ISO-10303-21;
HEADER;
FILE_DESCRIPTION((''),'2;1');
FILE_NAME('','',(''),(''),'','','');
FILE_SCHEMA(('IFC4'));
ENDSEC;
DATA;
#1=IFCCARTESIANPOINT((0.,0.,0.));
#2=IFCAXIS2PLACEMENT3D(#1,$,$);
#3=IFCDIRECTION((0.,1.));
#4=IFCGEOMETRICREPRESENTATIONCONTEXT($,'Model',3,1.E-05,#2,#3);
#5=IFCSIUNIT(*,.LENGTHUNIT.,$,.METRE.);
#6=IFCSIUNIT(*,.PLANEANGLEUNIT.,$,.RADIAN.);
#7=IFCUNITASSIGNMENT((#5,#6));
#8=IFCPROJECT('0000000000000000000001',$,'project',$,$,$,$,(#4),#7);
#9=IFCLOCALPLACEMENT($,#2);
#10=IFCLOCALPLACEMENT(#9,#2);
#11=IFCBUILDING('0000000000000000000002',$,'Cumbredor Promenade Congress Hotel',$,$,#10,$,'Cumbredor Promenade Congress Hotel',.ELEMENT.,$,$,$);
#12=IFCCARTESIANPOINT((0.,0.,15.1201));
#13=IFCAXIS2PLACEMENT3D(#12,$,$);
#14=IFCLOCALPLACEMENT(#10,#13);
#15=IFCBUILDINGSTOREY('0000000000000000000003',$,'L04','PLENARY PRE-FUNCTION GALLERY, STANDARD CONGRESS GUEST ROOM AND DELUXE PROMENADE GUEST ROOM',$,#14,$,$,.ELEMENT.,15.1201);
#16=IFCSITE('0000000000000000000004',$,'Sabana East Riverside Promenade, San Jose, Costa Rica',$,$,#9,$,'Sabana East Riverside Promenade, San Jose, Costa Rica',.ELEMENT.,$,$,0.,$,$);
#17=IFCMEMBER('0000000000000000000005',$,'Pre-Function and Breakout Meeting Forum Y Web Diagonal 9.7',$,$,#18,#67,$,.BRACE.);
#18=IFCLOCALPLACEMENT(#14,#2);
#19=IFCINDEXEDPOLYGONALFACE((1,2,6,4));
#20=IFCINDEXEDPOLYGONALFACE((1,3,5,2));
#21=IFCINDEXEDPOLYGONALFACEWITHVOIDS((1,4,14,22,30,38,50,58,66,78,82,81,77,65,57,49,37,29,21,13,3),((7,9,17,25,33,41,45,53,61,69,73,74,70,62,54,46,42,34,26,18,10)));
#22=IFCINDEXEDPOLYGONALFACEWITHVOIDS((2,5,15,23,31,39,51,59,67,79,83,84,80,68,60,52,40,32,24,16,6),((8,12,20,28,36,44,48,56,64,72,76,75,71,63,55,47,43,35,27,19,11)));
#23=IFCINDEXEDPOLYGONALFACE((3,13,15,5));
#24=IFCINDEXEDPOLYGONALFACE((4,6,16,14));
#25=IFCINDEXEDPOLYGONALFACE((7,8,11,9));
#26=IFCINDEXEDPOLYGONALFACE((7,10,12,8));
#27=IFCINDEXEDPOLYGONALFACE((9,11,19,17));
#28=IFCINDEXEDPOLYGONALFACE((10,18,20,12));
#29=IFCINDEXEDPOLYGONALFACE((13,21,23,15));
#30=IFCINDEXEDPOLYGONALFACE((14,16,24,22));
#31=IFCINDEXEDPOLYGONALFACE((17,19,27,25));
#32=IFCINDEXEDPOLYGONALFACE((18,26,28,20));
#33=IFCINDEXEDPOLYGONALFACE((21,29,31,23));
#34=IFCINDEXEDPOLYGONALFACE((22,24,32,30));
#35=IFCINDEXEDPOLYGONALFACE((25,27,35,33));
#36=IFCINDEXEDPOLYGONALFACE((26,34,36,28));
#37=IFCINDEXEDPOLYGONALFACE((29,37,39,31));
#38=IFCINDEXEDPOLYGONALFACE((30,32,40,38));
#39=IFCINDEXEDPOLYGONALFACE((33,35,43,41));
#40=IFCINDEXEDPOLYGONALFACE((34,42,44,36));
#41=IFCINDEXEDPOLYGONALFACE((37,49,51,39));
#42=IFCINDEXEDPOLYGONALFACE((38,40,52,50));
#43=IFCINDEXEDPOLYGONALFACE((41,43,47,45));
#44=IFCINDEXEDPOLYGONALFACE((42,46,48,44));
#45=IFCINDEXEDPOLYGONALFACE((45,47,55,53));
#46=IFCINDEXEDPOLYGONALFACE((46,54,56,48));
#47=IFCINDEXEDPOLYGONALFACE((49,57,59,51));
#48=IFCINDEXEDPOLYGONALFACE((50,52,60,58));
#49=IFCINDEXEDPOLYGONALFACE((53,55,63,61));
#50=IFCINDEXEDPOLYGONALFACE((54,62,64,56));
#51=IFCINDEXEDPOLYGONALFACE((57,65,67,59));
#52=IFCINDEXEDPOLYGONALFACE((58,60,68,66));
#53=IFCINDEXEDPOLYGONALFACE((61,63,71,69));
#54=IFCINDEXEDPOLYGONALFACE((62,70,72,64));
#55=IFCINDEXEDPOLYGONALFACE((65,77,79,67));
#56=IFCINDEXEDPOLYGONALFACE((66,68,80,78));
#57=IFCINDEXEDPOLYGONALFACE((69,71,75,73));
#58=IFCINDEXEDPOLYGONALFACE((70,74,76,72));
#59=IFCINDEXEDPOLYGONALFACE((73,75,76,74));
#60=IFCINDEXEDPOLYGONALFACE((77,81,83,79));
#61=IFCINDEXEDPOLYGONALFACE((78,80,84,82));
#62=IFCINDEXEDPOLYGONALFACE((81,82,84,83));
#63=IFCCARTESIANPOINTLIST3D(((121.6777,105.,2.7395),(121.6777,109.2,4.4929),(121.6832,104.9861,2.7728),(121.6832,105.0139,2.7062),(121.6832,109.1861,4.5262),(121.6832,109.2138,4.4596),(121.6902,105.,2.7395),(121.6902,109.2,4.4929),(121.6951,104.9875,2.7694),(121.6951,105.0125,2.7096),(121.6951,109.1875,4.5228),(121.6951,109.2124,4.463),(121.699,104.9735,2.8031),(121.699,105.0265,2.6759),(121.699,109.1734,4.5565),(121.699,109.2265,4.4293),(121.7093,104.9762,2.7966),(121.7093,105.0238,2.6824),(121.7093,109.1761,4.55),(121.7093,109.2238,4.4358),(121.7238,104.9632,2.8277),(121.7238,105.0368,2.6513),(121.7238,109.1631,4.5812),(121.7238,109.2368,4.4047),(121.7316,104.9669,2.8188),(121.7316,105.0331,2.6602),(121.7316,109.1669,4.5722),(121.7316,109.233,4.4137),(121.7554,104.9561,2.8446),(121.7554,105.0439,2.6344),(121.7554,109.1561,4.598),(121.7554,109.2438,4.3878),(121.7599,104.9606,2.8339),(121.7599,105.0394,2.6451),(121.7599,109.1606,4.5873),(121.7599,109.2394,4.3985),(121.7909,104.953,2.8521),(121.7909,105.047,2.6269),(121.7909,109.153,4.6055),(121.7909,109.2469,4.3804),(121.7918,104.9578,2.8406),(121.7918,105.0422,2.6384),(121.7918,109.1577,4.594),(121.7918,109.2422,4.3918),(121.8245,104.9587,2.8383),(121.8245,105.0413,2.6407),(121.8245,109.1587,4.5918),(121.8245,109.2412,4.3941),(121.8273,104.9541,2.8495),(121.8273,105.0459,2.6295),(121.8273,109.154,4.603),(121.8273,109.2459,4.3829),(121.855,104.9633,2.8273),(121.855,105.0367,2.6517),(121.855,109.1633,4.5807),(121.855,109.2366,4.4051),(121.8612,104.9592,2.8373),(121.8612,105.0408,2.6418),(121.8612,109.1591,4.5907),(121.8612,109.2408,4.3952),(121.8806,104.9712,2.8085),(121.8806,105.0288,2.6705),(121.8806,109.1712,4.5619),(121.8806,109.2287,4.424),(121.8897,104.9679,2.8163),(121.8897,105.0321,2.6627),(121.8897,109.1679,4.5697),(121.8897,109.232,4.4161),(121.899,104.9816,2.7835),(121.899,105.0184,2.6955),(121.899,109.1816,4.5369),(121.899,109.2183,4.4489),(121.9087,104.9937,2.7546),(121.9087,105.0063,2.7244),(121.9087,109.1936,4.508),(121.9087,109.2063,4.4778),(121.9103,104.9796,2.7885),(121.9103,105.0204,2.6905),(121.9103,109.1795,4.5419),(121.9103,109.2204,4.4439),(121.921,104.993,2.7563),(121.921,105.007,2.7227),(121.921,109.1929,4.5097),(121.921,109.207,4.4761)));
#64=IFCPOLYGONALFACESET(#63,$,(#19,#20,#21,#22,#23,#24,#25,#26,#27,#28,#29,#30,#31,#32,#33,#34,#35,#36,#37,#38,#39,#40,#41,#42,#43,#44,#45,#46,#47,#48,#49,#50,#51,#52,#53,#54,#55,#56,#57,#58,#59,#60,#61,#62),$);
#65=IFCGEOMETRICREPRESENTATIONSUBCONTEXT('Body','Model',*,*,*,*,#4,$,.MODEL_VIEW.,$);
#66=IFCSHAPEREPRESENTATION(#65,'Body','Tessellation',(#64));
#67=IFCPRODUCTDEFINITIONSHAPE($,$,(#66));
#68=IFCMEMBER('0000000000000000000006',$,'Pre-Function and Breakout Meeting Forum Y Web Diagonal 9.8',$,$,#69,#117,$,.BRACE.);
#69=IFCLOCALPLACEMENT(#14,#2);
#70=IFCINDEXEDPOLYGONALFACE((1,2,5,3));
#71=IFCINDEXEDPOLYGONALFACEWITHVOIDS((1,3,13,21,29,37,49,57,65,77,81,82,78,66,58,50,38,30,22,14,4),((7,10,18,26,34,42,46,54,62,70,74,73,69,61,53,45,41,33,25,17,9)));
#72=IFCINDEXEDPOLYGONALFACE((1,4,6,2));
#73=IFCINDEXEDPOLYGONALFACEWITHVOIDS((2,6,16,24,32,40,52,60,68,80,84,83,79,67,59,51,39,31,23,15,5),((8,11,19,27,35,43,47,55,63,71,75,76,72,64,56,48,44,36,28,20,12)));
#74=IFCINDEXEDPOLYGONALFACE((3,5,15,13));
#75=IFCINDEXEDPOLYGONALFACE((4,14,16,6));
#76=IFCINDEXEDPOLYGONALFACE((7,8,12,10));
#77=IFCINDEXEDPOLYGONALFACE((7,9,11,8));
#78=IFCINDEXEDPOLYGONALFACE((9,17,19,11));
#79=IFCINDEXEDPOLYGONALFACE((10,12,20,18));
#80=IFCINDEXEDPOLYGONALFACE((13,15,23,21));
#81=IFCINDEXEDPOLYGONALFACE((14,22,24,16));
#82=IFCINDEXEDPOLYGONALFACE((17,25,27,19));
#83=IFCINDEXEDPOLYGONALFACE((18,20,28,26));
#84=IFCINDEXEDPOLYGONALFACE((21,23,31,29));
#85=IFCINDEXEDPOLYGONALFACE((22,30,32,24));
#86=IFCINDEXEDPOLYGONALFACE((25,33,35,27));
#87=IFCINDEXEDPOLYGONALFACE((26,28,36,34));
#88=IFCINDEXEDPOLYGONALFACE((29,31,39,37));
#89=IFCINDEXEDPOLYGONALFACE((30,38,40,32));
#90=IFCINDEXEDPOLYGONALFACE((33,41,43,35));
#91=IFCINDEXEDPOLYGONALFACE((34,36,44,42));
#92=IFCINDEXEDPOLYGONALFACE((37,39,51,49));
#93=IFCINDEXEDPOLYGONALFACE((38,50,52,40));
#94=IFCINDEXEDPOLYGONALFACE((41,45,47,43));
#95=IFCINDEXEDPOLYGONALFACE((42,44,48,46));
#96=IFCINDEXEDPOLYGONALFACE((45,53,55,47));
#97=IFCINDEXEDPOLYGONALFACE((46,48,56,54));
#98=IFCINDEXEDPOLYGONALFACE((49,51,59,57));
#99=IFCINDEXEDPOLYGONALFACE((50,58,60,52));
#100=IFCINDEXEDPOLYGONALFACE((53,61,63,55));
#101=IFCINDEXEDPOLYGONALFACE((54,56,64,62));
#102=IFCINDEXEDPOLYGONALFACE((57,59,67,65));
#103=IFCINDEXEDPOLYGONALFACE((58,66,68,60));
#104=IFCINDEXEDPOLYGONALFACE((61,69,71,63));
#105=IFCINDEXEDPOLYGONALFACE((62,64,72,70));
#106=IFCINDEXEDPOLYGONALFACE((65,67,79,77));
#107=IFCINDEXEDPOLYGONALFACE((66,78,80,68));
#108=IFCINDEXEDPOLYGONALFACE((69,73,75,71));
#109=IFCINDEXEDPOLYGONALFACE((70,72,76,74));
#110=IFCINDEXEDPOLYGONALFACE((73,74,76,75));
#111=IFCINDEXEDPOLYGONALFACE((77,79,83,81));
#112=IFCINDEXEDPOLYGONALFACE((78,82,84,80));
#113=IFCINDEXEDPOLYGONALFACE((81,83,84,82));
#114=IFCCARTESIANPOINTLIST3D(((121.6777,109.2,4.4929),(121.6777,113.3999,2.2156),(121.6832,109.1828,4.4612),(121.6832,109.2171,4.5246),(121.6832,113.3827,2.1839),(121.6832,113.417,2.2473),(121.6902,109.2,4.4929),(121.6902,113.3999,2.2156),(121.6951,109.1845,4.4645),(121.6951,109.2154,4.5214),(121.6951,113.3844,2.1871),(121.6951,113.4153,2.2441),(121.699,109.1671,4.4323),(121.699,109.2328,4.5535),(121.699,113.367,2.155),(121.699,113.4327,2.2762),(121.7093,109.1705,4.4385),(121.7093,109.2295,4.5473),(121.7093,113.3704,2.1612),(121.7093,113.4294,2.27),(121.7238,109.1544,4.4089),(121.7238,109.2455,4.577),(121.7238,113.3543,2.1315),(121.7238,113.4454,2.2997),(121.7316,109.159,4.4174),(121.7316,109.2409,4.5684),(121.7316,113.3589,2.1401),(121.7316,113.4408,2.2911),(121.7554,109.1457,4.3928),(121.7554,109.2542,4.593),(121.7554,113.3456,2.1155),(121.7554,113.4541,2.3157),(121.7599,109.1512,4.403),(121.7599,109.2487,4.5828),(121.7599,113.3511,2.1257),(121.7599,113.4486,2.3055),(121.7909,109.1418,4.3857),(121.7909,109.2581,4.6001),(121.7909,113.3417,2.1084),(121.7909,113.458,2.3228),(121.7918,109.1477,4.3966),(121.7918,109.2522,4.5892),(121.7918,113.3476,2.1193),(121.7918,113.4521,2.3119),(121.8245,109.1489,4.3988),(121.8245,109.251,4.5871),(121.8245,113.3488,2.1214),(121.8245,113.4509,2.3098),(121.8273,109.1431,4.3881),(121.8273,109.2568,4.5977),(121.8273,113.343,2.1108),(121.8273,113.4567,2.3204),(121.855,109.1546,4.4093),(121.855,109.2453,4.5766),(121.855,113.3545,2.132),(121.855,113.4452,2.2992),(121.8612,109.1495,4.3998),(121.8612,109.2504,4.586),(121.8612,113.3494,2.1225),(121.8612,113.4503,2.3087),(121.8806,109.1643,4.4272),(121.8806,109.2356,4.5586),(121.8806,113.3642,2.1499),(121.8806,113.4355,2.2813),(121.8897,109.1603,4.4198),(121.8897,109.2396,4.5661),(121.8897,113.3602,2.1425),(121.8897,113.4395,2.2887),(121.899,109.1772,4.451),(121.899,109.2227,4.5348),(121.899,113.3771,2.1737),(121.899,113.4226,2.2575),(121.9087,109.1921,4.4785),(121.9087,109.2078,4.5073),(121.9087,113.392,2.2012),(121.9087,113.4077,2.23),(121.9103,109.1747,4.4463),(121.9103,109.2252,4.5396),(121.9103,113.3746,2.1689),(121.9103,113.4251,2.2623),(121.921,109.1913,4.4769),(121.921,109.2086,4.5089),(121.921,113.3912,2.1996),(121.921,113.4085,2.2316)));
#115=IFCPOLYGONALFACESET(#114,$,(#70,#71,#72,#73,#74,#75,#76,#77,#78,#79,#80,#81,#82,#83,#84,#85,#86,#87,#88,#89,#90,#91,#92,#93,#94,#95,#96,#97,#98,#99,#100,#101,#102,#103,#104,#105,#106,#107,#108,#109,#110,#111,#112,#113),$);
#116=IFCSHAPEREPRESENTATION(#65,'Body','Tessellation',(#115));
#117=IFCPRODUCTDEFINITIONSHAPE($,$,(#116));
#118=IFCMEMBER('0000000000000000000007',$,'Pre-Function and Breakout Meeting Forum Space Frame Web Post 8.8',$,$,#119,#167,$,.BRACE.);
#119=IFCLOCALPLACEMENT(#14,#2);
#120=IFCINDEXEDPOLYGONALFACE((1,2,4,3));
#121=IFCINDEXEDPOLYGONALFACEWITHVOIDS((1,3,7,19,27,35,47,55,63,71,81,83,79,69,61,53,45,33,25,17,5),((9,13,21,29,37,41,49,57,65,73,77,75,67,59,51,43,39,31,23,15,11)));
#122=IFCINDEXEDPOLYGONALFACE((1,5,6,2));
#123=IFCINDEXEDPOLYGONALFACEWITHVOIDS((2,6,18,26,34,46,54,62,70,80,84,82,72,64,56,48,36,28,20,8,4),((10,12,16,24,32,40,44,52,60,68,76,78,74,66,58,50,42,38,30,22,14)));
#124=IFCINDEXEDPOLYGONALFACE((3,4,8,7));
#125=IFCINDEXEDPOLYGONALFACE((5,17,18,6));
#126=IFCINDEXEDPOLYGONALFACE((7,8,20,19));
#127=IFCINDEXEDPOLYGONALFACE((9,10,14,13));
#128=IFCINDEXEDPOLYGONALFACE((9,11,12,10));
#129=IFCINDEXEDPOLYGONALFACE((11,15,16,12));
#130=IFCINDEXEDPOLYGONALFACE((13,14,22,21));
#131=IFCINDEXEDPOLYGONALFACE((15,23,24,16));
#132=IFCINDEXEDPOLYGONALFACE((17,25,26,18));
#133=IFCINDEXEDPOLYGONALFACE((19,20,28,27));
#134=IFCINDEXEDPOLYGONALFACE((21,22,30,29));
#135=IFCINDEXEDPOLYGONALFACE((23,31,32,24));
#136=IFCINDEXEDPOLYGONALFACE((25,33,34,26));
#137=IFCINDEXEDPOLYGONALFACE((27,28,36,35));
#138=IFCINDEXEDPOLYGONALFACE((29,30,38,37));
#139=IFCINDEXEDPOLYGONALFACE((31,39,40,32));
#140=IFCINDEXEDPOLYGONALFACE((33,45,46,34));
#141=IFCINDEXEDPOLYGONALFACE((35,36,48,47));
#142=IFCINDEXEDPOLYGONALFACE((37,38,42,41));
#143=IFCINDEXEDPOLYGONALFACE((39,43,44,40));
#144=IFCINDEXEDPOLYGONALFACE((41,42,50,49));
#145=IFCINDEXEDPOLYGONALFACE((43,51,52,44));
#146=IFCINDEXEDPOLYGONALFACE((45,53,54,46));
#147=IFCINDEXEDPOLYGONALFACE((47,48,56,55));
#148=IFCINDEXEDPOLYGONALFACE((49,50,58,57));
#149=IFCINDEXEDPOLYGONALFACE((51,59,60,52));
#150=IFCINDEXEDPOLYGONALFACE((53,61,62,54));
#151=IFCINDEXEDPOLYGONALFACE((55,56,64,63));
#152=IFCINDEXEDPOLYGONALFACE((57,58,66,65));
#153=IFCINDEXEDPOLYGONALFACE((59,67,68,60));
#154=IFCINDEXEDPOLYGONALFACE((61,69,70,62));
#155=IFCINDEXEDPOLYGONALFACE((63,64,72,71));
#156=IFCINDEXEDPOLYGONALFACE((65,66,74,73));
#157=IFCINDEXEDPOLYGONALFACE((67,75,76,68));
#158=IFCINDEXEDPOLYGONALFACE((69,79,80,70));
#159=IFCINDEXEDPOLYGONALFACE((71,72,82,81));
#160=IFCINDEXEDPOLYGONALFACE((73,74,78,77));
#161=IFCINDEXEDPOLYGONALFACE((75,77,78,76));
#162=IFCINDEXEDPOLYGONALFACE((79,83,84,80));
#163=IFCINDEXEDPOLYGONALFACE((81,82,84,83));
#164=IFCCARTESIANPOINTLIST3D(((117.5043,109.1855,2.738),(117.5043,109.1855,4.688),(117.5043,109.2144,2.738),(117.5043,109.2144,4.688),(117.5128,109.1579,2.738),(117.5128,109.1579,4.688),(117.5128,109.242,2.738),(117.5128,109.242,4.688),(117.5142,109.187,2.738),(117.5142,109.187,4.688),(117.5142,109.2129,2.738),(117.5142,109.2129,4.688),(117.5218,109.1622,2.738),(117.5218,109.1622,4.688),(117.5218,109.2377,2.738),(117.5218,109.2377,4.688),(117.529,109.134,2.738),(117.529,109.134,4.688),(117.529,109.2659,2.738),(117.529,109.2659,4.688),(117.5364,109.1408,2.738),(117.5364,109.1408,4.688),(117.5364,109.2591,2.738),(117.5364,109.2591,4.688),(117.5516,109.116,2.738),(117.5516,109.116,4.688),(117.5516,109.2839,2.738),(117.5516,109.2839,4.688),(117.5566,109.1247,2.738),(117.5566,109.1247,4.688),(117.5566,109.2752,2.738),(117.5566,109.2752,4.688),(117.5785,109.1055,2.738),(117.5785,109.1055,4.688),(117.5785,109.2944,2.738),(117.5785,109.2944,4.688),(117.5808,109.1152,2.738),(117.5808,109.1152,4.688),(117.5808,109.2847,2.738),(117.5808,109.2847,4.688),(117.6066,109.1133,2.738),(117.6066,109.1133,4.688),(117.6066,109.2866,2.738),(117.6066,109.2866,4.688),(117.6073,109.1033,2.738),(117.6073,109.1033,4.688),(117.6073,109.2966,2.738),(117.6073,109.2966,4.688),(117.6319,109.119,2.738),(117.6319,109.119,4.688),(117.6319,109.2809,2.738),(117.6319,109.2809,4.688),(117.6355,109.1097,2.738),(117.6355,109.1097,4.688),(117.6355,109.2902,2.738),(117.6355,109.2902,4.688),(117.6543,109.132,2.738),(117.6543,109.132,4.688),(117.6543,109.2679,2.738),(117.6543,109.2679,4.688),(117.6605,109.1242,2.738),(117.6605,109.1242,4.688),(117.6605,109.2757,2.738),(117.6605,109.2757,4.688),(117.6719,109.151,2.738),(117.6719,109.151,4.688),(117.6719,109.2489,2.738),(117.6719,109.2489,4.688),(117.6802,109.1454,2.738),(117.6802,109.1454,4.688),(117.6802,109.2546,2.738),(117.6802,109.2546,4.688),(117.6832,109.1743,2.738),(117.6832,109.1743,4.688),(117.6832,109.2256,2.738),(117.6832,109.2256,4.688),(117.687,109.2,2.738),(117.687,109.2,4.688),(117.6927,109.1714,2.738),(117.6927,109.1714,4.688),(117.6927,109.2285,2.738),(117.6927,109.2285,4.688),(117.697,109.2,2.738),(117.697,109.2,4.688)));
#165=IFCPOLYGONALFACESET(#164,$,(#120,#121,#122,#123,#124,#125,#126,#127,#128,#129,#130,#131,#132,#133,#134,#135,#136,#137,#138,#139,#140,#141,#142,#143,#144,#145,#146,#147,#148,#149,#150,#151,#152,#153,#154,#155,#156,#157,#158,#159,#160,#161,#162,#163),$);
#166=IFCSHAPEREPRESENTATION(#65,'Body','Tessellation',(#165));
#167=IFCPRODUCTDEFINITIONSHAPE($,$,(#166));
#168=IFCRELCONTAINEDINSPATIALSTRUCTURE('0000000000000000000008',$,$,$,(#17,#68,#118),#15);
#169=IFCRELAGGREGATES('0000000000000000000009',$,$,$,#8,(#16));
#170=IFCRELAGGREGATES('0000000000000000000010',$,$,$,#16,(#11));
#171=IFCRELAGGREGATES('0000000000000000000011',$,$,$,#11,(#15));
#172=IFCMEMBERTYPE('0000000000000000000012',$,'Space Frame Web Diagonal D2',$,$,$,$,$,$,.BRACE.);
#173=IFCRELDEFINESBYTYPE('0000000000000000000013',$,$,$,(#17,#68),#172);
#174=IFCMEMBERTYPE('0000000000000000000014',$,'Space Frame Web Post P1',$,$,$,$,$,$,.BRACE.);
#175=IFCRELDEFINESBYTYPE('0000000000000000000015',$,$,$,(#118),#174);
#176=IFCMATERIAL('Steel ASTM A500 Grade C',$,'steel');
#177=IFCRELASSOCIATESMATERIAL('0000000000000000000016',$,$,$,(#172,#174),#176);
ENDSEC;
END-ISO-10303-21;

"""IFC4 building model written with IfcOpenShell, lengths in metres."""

from ifc_helpers import new_model, si_unit, direction, frame, origin, origin_2d, place, context, subcontext, project, spatial, hollow_circle, extrude, material, material_profile, profile_set, type_object, element, save


model = new_model("IFC4")

# Units and contexts
model_context = context("Model", 3, precision=1e-05, world=origin(), true_north=direction((0.0, 1.0)))
body_context = subcontext(model_context, "Body", "Model", "MODEL_VIEW")
ifc_project = project(units=[si_unit("LENGTHUNIT", "METRE"), si_unit("PLANEANGLEUNIT", "RADIAN")], contexts=[model_context])

# Site, building, storey
site_placement = place(None, origin())
site = spatial("IfcSite", under=ifc_project, at=site_placement, Name="Sabana East Riverside Promenade, San Jose, Costa Rica", LongName="Sabana East Riverside Promenade, San Jose, Costa Rica", CompositionType="ELEMENT", RefElevation=0.0)
building_placement = place(site_placement, origin())
building = spatial("IfcBuilding", under=site, at=building_placement, Name="Cumbredor Promenade Congress Hotel", LongName="Cumbredor Promenade Congress Hotel", CompositionType="ELEMENT")
storey_placement = place(building_placement, frame((0.0, 0.0, 15.1201)))
storey = spatial("IfcBuildingStorey", under=building, at=storey_placement, Name="L04", Description="PLENARY PRE-FUNCTION GALLERY, STANDARD CONGRESS GUEST ROOM AND DELUXE PROMENADE GUEST ROOM", CompositionType="ELEMENT", Elevation=15.1201)

# Members
ifc_material_1 = material(Name="Steel ASTM A500 Grade C", Category="steel")
ifc_material_profile_1 = material_profile(ifc_material_1, hollow_circle(Radius=0.1223, WallThickness=0.0125, at=origin_2d()), Name="CHS 244.5x12.5")
ifc_profile_set_1 = profile_set([ifc_material_profile_1], Name="Steel ASTM A500 Grade C")
member_type_1 = type_object("IfcMemberType", Name="Space Frame Web Diagonal D2", PredefinedType="BRACE", material=ifc_profile_set_1)
member_1_placement = place(storey_placement, frame((121.8, 105.0, 2.7395), z_axis=(0.0, 0.922808, 0.385259), x_axis=(-1.0, 0.0, 0.0)))
element("IfcMember", 1, at=member_1_placement, inside=storey, type_object=member_type_1, Name="Pre-Function and Breakout Meeting Forum Y Web Diagonal 9.7", PredefinedType="BRACE", context=body_context, shape_type="SweptSolid", body=[
    extrude(hollow_circle(Radius=0.1223, WallThickness=0.0125, at=origin_2d()), origin(), (0.0, 0.0, 1.0), 4.5513),
])
member_2_placement = place(storey_placement, frame((121.8, 109.2, 4.4929), z_axis=(0.0, 0.879084, -0.476667), x_axis=(-1.0, 0.0, 0.0)))
element("IfcMember", 2, at=member_2_placement, inside=storey, type_object=member_type_1, Name="Pre-Function and Breakout Meeting Forum Y Web Diagonal 9.8", PredefinedType="BRACE", context=body_context, shape_type="SweptSolid", body=[
    extrude(hollow_circle(Radius=0.1223, WallThickness=0.0125, at=origin_2d()), origin(), (0.0, 0.0, 1.0), 4.7776),
])
ifc_material_profile_2 = material_profile(ifc_material_1, hollow_circle(Radius=0.0969, WallThickness=0.01, at=origin_2d()), Name="CHS 193.7x10")
ifc_profile_set_2 = profile_set([ifc_material_profile_2], Name="Steel ASTM A500 Grade C")
member_type_2 = type_object("IfcMemberType", Name="Space Frame Web Post P1", PredefinedType="BRACE", material=ifc_profile_set_2)
for number, where, z_axis, x_axis, name in (
    (3, (117.6001, 109.2, 2.738), (0.0, 0.0, 1.0), (1.0, 0.0, 0.0), "Pre-Function and Breakout Meeting Forum Space Frame Web Post 8.8"),
):
    element("IfcMember", number, at=place(storey_placement, frame(where, z_axis=z_axis, x_axis=x_axis)), inside=storey, type_object=member_type_2, Name=name, PredefinedType="BRACE", context=body_context, shape_type="SweptSolid", body=[
        extrude(hollow_circle(Radius=0.0969, WallThickness=0.01, at=origin_2d()), origin(), (0.0, 0.0, 1.0), 1.95),
    ])

save(model, "model.ifc")
